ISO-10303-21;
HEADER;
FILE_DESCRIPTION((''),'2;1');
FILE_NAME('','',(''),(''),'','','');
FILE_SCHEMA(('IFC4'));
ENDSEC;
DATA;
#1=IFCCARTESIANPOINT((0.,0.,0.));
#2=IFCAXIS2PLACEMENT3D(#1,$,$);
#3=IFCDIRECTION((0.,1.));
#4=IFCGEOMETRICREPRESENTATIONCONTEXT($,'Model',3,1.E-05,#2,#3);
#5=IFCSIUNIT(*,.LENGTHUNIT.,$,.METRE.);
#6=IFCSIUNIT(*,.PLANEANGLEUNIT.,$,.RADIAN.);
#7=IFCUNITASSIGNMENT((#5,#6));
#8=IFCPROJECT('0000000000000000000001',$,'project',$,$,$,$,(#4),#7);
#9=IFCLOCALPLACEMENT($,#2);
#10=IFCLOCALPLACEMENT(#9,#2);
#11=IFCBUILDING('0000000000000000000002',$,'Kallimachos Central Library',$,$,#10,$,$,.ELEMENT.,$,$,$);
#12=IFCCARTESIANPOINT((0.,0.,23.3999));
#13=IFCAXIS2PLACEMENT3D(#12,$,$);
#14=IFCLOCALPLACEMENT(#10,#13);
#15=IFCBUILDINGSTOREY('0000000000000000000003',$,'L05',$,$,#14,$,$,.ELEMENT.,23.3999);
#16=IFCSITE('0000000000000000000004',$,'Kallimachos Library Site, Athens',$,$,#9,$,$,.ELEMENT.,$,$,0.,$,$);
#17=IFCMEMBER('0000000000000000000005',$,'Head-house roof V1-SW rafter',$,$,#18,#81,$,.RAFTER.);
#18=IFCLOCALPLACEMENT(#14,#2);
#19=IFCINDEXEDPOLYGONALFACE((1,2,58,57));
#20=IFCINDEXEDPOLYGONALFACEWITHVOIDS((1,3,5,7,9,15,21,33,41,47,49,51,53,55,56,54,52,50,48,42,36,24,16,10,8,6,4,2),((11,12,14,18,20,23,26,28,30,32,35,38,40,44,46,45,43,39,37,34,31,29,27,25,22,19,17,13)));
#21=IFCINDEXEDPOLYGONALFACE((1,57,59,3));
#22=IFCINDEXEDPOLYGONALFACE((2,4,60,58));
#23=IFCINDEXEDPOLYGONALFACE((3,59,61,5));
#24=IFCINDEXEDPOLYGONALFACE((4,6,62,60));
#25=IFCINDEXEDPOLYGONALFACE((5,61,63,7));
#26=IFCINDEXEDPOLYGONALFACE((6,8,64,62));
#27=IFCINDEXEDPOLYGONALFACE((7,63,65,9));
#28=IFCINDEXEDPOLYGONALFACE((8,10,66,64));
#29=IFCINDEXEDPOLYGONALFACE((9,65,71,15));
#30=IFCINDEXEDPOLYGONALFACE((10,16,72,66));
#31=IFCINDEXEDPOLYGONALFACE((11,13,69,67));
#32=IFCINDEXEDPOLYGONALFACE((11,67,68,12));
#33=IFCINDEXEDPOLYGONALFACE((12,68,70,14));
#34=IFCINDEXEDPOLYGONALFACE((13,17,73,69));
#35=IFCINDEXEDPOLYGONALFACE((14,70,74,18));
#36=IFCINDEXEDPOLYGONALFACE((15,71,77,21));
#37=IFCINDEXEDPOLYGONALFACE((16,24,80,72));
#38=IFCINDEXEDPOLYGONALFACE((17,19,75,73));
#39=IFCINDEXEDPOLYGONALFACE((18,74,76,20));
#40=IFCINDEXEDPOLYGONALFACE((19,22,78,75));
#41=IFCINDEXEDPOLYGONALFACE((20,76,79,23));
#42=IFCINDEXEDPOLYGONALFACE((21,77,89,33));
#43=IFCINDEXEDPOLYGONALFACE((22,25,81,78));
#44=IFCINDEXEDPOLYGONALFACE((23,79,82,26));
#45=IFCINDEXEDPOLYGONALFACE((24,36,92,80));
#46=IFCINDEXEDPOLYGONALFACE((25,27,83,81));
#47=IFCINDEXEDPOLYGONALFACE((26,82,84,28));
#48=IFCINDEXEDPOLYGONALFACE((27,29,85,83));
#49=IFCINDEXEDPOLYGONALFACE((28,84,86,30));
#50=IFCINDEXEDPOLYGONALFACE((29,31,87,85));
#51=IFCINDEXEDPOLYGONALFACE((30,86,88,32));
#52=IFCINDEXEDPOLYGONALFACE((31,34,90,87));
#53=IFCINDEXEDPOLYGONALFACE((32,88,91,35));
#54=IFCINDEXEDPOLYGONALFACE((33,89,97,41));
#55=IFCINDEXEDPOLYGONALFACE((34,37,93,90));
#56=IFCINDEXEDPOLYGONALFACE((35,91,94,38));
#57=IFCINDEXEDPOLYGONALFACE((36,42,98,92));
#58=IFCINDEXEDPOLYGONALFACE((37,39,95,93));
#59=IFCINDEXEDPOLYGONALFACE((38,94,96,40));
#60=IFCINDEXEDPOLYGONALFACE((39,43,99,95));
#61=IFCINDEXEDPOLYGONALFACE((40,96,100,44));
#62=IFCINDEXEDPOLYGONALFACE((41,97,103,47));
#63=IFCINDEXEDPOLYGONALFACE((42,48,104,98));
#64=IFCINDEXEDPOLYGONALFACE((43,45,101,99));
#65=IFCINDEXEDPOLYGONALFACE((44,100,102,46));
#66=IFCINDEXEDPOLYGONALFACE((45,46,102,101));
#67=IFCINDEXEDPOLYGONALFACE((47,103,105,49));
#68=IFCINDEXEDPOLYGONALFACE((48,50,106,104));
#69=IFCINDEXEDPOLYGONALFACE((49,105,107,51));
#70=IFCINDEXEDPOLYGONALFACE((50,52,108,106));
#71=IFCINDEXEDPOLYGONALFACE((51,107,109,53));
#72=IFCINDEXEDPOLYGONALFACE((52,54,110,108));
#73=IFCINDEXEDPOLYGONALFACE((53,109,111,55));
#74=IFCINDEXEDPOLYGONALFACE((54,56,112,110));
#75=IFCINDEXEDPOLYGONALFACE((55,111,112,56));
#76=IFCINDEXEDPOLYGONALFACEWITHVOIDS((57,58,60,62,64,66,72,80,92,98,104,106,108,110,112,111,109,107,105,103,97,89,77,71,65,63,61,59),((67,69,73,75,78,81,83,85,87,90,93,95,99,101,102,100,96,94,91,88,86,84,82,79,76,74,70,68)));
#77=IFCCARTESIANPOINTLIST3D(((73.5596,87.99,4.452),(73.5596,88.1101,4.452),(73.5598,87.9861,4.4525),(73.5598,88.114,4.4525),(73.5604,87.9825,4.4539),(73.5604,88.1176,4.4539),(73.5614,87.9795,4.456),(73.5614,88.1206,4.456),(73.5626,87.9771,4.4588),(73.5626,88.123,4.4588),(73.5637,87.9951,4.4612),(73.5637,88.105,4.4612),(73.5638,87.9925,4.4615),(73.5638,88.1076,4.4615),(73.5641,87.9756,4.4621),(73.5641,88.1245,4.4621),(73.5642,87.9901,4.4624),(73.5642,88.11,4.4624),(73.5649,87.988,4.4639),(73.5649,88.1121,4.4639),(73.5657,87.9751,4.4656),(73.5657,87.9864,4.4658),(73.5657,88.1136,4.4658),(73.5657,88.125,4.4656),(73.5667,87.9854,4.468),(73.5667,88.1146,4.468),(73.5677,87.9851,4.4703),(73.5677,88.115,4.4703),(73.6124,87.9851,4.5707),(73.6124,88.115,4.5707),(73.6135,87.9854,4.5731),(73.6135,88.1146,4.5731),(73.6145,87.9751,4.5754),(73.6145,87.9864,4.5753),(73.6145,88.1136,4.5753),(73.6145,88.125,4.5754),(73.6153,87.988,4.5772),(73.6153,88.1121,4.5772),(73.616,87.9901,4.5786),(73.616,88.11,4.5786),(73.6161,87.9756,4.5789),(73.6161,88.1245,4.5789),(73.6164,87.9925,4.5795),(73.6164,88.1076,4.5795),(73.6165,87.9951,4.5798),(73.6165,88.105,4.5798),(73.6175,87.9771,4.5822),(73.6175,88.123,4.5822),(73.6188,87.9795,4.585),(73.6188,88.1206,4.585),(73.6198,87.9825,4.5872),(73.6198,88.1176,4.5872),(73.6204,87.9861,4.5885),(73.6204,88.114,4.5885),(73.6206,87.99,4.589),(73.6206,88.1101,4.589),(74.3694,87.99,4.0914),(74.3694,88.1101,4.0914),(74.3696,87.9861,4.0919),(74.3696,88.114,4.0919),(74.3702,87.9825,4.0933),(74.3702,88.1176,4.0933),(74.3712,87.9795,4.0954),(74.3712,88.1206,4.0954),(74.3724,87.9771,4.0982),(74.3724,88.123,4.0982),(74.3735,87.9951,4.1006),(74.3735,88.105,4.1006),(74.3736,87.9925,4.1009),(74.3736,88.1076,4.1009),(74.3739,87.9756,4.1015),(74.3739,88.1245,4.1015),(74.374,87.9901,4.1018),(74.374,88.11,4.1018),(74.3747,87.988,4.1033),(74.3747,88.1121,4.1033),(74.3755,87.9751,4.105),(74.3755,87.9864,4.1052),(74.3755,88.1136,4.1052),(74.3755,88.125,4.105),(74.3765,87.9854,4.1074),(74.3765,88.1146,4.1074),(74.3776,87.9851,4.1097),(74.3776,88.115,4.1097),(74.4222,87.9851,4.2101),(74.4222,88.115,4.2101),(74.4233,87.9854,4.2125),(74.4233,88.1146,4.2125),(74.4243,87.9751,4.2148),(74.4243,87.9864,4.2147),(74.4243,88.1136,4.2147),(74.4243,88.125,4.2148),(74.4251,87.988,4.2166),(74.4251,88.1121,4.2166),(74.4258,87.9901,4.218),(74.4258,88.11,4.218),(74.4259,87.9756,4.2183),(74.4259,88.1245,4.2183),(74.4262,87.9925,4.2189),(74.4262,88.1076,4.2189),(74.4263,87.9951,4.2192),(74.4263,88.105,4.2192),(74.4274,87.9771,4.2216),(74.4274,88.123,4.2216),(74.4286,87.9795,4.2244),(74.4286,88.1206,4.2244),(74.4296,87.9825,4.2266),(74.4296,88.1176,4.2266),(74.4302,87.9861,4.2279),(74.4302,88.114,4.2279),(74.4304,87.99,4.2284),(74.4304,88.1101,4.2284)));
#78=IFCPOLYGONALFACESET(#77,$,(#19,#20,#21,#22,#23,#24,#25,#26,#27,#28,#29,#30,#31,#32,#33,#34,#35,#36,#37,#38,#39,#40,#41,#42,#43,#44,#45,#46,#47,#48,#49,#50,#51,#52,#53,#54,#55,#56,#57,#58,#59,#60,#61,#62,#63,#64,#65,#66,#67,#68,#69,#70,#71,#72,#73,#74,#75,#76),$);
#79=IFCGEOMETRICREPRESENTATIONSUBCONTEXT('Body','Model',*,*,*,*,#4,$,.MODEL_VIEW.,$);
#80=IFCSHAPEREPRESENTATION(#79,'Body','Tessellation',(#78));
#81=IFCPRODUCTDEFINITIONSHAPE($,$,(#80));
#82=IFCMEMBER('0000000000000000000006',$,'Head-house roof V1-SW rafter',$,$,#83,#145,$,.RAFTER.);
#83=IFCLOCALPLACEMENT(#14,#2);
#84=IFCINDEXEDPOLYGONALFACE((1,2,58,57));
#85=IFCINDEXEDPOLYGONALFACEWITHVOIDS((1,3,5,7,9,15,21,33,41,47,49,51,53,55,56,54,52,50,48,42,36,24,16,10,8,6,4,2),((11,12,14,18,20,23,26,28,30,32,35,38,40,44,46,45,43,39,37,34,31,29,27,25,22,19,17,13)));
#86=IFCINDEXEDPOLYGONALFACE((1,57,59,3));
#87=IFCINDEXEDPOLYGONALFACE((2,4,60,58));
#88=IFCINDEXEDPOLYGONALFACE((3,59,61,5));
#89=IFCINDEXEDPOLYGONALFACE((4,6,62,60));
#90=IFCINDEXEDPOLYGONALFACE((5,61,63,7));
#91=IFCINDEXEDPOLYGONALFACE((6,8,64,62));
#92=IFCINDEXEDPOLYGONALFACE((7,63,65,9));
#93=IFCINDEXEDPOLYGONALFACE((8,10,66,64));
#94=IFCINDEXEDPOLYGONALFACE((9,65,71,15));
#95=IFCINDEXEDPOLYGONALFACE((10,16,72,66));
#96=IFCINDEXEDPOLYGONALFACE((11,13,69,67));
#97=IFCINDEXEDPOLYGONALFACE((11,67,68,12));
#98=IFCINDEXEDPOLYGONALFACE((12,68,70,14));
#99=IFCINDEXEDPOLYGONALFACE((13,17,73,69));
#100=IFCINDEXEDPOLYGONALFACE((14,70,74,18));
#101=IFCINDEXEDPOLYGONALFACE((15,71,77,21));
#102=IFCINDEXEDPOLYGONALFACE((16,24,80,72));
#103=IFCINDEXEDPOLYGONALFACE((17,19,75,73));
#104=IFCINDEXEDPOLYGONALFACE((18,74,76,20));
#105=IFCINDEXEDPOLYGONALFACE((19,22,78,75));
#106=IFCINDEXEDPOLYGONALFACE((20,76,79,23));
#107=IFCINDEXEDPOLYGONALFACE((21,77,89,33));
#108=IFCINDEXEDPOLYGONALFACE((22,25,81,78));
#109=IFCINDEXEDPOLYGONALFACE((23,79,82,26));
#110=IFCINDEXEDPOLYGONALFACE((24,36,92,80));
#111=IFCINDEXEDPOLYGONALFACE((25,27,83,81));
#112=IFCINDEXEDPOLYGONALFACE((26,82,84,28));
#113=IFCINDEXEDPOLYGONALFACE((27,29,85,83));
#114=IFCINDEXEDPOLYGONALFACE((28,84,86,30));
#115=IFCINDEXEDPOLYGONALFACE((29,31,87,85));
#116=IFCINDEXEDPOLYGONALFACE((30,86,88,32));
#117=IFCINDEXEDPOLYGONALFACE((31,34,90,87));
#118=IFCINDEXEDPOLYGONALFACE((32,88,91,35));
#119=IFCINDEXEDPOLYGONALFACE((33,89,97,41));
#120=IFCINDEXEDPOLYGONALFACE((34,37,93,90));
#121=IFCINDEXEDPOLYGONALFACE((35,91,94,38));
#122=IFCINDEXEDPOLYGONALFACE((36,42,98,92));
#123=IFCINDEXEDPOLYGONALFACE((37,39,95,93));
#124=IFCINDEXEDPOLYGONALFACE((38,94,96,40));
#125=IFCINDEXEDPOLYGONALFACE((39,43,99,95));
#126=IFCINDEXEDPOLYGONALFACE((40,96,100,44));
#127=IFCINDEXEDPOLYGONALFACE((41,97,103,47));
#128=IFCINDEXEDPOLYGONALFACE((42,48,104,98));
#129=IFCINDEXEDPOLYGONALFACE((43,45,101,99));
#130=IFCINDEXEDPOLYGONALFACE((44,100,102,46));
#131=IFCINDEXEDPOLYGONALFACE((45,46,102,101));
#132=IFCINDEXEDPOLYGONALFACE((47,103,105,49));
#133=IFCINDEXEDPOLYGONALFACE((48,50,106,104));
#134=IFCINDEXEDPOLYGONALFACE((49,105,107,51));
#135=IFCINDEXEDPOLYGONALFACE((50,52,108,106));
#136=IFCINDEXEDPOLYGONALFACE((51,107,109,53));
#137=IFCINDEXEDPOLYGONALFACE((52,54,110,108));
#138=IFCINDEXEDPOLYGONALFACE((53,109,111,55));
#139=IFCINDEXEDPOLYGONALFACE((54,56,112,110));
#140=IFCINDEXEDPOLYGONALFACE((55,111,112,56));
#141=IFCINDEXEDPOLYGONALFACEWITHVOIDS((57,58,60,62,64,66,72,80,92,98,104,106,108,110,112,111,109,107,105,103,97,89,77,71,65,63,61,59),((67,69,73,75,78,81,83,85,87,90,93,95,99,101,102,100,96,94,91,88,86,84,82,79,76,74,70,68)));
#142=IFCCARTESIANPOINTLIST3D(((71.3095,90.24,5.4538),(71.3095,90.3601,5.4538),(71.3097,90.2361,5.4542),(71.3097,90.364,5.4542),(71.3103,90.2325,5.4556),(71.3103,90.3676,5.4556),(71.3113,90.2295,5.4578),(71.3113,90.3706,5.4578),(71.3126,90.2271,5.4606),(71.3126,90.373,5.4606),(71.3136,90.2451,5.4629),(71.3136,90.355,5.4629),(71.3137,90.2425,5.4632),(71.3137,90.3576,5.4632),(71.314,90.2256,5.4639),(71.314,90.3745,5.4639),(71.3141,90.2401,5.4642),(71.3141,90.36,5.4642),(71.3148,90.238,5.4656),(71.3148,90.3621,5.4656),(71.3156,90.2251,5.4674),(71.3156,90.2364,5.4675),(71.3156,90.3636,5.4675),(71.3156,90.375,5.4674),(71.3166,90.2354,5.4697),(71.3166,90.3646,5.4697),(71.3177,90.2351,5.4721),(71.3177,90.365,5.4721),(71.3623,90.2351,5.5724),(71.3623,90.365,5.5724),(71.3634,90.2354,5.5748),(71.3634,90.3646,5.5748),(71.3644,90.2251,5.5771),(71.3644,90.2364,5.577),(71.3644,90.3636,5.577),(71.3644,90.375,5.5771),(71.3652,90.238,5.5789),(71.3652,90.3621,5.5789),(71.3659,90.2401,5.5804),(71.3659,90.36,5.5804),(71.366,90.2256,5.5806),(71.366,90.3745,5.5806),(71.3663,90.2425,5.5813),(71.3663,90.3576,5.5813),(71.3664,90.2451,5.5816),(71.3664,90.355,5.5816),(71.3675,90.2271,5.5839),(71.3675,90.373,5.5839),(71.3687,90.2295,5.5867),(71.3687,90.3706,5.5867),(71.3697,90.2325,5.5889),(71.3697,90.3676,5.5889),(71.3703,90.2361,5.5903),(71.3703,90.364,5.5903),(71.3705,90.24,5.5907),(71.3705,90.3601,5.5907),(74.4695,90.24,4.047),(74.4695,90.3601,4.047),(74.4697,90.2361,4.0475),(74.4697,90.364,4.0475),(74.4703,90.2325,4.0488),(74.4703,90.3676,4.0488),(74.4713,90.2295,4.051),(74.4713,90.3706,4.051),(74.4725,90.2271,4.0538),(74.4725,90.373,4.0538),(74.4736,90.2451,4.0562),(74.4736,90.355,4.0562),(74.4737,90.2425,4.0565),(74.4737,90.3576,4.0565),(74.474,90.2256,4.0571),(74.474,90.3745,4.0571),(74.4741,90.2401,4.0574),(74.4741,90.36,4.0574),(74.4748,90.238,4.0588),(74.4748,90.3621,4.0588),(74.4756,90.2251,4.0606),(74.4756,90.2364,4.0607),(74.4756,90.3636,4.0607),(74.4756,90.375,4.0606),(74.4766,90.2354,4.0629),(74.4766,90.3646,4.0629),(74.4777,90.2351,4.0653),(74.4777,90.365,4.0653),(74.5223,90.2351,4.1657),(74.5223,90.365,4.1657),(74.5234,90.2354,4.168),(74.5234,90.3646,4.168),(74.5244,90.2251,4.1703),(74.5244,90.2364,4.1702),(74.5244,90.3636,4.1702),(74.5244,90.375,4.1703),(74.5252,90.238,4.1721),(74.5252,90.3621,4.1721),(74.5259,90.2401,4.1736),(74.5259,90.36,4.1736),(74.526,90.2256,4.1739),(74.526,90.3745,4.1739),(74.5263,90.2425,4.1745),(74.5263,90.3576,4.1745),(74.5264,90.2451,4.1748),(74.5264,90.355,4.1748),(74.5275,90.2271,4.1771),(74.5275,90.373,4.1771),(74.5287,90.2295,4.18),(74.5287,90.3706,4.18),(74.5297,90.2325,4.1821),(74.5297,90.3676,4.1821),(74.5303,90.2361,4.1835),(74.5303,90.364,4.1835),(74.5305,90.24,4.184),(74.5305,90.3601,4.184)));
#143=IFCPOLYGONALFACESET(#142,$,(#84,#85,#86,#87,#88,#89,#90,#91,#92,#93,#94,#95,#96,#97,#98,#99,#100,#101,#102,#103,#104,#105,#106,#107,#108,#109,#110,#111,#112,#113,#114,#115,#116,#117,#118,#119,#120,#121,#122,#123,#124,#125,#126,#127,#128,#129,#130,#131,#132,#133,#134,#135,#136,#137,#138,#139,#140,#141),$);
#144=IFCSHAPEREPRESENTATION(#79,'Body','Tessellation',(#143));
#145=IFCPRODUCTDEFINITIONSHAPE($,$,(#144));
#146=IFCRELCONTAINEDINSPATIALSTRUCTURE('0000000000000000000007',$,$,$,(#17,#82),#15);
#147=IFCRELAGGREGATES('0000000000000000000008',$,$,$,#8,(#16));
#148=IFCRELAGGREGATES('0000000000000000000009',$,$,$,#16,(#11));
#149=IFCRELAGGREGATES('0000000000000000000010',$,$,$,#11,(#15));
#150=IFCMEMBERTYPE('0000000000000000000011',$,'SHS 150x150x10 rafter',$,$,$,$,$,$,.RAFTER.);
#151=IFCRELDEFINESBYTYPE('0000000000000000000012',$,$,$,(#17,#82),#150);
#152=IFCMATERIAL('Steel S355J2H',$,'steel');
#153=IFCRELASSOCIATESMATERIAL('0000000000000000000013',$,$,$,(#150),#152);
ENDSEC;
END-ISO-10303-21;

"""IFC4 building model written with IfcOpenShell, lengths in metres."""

from ifc_helpers import new_model, si_unit, direction, frame, origin, origin_2d, place, context, subcontext, project, spatial, hollow_rectangle, extrude, material, material_profile, profile_set, type_object, element, save


model = new_model("IFC4")

# Units and contexts
model_context = context("Model", 3, precision=1e-05, world=origin(), true_north=direction((0.0, 1.0)))
body_context = subcontext(model_context, "Body", "Model", "MODEL_VIEW")
ifc_project = project(units=[si_unit("LENGTHUNIT", "METRE"), si_unit("PLANEANGLEUNIT", "RADIAN")], contexts=[model_context])

# Site, building, storey
site_placement = place(None, origin())
site = spatial("IfcSite", under=ifc_project, at=site_placement, Name="Kallimachos Library Site, Athens", CompositionType="ELEMENT", RefElevation=0.0)
building_placement = place(site_placement, origin())
building = spatial("IfcBuilding", under=site, at=building_placement, Name="Kallimachos Central Library", CompositionType="ELEMENT")
storey_placement = place(building_placement, frame((0.0, 0.0, 23.3999)))
storey = spatial("IfcBuildingStorey", under=building, at=storey_placement, Name="L05", CompositionType="ELEMENT", Elevation=23.3999)

# Members
ifc_material_1 = material(Name="Steel S355J2H", Category="steel")
ifc_material_profile_1 = material_profile(ifc_material_1, hollow_rectangle(XDim=0.1499, YDim=0.1499, WallThickness=0.01, InnerFilletRadius=0.01, OuterFilletRadius=0.0149, at=origin_2d()), Name="SHS 150x150x10")
ifc_profile_set_1 = profile_set([ifc_material_profile_1], Name="Steel S355J2H")
member_type_1 = type_object("IfcMemberType", Name="SHS 150x150x10 rafter", PredefinedType="RAFTER", material=ifc_profile_set_1)
member_1_placement = place(storey_placement, frame((74.3999, 88.05, 4.1599), z_axis=(-0.913527, 0.0, 0.406777), x_axis=(0.0, -1.0, 0.0)))
element("IfcMember", 1, at=member_1_placement, inside=storey, type_object=member_type_1, Name="Head-house roof V1-SW rafter", PredefinedType="RAFTER", context=body_context, shape_type="SweptSolid", body=[
    extrude(hollow_rectangle(XDim=0.1499, YDim=0.1499, WallThickness=0.01, InnerFilletRadius=0.01, OuterFilletRadius=0.0149, at=origin_2d()), origin(), (0.0, 0.0, 1.0), 0.8865),
])
member_2_placement = place(storey_placement, frame((74.5, 90.3, 4.1155), z_axis=(-0.913561, 0.0, 0.406702), x_axis=(0.0, -1.0, 0.0)))
element("IfcMember", 2, at=member_2_placement, inside=storey, type_object=member_type_1, Name="Head-house roof V1-SW rafter", PredefinedType="RAFTER", context=body_context, shape_type="SweptSolid", body=[
    extrude(hollow_rectangle(XDim=0.1499, YDim=0.1499, WallThickness=0.01, InnerFilletRadius=0.01, OuterFilletRadius=0.0149, at=origin_2d()), origin(), (0.0, 0.0, 1.0), 3.459),
])

save(model, "model.ifc")
